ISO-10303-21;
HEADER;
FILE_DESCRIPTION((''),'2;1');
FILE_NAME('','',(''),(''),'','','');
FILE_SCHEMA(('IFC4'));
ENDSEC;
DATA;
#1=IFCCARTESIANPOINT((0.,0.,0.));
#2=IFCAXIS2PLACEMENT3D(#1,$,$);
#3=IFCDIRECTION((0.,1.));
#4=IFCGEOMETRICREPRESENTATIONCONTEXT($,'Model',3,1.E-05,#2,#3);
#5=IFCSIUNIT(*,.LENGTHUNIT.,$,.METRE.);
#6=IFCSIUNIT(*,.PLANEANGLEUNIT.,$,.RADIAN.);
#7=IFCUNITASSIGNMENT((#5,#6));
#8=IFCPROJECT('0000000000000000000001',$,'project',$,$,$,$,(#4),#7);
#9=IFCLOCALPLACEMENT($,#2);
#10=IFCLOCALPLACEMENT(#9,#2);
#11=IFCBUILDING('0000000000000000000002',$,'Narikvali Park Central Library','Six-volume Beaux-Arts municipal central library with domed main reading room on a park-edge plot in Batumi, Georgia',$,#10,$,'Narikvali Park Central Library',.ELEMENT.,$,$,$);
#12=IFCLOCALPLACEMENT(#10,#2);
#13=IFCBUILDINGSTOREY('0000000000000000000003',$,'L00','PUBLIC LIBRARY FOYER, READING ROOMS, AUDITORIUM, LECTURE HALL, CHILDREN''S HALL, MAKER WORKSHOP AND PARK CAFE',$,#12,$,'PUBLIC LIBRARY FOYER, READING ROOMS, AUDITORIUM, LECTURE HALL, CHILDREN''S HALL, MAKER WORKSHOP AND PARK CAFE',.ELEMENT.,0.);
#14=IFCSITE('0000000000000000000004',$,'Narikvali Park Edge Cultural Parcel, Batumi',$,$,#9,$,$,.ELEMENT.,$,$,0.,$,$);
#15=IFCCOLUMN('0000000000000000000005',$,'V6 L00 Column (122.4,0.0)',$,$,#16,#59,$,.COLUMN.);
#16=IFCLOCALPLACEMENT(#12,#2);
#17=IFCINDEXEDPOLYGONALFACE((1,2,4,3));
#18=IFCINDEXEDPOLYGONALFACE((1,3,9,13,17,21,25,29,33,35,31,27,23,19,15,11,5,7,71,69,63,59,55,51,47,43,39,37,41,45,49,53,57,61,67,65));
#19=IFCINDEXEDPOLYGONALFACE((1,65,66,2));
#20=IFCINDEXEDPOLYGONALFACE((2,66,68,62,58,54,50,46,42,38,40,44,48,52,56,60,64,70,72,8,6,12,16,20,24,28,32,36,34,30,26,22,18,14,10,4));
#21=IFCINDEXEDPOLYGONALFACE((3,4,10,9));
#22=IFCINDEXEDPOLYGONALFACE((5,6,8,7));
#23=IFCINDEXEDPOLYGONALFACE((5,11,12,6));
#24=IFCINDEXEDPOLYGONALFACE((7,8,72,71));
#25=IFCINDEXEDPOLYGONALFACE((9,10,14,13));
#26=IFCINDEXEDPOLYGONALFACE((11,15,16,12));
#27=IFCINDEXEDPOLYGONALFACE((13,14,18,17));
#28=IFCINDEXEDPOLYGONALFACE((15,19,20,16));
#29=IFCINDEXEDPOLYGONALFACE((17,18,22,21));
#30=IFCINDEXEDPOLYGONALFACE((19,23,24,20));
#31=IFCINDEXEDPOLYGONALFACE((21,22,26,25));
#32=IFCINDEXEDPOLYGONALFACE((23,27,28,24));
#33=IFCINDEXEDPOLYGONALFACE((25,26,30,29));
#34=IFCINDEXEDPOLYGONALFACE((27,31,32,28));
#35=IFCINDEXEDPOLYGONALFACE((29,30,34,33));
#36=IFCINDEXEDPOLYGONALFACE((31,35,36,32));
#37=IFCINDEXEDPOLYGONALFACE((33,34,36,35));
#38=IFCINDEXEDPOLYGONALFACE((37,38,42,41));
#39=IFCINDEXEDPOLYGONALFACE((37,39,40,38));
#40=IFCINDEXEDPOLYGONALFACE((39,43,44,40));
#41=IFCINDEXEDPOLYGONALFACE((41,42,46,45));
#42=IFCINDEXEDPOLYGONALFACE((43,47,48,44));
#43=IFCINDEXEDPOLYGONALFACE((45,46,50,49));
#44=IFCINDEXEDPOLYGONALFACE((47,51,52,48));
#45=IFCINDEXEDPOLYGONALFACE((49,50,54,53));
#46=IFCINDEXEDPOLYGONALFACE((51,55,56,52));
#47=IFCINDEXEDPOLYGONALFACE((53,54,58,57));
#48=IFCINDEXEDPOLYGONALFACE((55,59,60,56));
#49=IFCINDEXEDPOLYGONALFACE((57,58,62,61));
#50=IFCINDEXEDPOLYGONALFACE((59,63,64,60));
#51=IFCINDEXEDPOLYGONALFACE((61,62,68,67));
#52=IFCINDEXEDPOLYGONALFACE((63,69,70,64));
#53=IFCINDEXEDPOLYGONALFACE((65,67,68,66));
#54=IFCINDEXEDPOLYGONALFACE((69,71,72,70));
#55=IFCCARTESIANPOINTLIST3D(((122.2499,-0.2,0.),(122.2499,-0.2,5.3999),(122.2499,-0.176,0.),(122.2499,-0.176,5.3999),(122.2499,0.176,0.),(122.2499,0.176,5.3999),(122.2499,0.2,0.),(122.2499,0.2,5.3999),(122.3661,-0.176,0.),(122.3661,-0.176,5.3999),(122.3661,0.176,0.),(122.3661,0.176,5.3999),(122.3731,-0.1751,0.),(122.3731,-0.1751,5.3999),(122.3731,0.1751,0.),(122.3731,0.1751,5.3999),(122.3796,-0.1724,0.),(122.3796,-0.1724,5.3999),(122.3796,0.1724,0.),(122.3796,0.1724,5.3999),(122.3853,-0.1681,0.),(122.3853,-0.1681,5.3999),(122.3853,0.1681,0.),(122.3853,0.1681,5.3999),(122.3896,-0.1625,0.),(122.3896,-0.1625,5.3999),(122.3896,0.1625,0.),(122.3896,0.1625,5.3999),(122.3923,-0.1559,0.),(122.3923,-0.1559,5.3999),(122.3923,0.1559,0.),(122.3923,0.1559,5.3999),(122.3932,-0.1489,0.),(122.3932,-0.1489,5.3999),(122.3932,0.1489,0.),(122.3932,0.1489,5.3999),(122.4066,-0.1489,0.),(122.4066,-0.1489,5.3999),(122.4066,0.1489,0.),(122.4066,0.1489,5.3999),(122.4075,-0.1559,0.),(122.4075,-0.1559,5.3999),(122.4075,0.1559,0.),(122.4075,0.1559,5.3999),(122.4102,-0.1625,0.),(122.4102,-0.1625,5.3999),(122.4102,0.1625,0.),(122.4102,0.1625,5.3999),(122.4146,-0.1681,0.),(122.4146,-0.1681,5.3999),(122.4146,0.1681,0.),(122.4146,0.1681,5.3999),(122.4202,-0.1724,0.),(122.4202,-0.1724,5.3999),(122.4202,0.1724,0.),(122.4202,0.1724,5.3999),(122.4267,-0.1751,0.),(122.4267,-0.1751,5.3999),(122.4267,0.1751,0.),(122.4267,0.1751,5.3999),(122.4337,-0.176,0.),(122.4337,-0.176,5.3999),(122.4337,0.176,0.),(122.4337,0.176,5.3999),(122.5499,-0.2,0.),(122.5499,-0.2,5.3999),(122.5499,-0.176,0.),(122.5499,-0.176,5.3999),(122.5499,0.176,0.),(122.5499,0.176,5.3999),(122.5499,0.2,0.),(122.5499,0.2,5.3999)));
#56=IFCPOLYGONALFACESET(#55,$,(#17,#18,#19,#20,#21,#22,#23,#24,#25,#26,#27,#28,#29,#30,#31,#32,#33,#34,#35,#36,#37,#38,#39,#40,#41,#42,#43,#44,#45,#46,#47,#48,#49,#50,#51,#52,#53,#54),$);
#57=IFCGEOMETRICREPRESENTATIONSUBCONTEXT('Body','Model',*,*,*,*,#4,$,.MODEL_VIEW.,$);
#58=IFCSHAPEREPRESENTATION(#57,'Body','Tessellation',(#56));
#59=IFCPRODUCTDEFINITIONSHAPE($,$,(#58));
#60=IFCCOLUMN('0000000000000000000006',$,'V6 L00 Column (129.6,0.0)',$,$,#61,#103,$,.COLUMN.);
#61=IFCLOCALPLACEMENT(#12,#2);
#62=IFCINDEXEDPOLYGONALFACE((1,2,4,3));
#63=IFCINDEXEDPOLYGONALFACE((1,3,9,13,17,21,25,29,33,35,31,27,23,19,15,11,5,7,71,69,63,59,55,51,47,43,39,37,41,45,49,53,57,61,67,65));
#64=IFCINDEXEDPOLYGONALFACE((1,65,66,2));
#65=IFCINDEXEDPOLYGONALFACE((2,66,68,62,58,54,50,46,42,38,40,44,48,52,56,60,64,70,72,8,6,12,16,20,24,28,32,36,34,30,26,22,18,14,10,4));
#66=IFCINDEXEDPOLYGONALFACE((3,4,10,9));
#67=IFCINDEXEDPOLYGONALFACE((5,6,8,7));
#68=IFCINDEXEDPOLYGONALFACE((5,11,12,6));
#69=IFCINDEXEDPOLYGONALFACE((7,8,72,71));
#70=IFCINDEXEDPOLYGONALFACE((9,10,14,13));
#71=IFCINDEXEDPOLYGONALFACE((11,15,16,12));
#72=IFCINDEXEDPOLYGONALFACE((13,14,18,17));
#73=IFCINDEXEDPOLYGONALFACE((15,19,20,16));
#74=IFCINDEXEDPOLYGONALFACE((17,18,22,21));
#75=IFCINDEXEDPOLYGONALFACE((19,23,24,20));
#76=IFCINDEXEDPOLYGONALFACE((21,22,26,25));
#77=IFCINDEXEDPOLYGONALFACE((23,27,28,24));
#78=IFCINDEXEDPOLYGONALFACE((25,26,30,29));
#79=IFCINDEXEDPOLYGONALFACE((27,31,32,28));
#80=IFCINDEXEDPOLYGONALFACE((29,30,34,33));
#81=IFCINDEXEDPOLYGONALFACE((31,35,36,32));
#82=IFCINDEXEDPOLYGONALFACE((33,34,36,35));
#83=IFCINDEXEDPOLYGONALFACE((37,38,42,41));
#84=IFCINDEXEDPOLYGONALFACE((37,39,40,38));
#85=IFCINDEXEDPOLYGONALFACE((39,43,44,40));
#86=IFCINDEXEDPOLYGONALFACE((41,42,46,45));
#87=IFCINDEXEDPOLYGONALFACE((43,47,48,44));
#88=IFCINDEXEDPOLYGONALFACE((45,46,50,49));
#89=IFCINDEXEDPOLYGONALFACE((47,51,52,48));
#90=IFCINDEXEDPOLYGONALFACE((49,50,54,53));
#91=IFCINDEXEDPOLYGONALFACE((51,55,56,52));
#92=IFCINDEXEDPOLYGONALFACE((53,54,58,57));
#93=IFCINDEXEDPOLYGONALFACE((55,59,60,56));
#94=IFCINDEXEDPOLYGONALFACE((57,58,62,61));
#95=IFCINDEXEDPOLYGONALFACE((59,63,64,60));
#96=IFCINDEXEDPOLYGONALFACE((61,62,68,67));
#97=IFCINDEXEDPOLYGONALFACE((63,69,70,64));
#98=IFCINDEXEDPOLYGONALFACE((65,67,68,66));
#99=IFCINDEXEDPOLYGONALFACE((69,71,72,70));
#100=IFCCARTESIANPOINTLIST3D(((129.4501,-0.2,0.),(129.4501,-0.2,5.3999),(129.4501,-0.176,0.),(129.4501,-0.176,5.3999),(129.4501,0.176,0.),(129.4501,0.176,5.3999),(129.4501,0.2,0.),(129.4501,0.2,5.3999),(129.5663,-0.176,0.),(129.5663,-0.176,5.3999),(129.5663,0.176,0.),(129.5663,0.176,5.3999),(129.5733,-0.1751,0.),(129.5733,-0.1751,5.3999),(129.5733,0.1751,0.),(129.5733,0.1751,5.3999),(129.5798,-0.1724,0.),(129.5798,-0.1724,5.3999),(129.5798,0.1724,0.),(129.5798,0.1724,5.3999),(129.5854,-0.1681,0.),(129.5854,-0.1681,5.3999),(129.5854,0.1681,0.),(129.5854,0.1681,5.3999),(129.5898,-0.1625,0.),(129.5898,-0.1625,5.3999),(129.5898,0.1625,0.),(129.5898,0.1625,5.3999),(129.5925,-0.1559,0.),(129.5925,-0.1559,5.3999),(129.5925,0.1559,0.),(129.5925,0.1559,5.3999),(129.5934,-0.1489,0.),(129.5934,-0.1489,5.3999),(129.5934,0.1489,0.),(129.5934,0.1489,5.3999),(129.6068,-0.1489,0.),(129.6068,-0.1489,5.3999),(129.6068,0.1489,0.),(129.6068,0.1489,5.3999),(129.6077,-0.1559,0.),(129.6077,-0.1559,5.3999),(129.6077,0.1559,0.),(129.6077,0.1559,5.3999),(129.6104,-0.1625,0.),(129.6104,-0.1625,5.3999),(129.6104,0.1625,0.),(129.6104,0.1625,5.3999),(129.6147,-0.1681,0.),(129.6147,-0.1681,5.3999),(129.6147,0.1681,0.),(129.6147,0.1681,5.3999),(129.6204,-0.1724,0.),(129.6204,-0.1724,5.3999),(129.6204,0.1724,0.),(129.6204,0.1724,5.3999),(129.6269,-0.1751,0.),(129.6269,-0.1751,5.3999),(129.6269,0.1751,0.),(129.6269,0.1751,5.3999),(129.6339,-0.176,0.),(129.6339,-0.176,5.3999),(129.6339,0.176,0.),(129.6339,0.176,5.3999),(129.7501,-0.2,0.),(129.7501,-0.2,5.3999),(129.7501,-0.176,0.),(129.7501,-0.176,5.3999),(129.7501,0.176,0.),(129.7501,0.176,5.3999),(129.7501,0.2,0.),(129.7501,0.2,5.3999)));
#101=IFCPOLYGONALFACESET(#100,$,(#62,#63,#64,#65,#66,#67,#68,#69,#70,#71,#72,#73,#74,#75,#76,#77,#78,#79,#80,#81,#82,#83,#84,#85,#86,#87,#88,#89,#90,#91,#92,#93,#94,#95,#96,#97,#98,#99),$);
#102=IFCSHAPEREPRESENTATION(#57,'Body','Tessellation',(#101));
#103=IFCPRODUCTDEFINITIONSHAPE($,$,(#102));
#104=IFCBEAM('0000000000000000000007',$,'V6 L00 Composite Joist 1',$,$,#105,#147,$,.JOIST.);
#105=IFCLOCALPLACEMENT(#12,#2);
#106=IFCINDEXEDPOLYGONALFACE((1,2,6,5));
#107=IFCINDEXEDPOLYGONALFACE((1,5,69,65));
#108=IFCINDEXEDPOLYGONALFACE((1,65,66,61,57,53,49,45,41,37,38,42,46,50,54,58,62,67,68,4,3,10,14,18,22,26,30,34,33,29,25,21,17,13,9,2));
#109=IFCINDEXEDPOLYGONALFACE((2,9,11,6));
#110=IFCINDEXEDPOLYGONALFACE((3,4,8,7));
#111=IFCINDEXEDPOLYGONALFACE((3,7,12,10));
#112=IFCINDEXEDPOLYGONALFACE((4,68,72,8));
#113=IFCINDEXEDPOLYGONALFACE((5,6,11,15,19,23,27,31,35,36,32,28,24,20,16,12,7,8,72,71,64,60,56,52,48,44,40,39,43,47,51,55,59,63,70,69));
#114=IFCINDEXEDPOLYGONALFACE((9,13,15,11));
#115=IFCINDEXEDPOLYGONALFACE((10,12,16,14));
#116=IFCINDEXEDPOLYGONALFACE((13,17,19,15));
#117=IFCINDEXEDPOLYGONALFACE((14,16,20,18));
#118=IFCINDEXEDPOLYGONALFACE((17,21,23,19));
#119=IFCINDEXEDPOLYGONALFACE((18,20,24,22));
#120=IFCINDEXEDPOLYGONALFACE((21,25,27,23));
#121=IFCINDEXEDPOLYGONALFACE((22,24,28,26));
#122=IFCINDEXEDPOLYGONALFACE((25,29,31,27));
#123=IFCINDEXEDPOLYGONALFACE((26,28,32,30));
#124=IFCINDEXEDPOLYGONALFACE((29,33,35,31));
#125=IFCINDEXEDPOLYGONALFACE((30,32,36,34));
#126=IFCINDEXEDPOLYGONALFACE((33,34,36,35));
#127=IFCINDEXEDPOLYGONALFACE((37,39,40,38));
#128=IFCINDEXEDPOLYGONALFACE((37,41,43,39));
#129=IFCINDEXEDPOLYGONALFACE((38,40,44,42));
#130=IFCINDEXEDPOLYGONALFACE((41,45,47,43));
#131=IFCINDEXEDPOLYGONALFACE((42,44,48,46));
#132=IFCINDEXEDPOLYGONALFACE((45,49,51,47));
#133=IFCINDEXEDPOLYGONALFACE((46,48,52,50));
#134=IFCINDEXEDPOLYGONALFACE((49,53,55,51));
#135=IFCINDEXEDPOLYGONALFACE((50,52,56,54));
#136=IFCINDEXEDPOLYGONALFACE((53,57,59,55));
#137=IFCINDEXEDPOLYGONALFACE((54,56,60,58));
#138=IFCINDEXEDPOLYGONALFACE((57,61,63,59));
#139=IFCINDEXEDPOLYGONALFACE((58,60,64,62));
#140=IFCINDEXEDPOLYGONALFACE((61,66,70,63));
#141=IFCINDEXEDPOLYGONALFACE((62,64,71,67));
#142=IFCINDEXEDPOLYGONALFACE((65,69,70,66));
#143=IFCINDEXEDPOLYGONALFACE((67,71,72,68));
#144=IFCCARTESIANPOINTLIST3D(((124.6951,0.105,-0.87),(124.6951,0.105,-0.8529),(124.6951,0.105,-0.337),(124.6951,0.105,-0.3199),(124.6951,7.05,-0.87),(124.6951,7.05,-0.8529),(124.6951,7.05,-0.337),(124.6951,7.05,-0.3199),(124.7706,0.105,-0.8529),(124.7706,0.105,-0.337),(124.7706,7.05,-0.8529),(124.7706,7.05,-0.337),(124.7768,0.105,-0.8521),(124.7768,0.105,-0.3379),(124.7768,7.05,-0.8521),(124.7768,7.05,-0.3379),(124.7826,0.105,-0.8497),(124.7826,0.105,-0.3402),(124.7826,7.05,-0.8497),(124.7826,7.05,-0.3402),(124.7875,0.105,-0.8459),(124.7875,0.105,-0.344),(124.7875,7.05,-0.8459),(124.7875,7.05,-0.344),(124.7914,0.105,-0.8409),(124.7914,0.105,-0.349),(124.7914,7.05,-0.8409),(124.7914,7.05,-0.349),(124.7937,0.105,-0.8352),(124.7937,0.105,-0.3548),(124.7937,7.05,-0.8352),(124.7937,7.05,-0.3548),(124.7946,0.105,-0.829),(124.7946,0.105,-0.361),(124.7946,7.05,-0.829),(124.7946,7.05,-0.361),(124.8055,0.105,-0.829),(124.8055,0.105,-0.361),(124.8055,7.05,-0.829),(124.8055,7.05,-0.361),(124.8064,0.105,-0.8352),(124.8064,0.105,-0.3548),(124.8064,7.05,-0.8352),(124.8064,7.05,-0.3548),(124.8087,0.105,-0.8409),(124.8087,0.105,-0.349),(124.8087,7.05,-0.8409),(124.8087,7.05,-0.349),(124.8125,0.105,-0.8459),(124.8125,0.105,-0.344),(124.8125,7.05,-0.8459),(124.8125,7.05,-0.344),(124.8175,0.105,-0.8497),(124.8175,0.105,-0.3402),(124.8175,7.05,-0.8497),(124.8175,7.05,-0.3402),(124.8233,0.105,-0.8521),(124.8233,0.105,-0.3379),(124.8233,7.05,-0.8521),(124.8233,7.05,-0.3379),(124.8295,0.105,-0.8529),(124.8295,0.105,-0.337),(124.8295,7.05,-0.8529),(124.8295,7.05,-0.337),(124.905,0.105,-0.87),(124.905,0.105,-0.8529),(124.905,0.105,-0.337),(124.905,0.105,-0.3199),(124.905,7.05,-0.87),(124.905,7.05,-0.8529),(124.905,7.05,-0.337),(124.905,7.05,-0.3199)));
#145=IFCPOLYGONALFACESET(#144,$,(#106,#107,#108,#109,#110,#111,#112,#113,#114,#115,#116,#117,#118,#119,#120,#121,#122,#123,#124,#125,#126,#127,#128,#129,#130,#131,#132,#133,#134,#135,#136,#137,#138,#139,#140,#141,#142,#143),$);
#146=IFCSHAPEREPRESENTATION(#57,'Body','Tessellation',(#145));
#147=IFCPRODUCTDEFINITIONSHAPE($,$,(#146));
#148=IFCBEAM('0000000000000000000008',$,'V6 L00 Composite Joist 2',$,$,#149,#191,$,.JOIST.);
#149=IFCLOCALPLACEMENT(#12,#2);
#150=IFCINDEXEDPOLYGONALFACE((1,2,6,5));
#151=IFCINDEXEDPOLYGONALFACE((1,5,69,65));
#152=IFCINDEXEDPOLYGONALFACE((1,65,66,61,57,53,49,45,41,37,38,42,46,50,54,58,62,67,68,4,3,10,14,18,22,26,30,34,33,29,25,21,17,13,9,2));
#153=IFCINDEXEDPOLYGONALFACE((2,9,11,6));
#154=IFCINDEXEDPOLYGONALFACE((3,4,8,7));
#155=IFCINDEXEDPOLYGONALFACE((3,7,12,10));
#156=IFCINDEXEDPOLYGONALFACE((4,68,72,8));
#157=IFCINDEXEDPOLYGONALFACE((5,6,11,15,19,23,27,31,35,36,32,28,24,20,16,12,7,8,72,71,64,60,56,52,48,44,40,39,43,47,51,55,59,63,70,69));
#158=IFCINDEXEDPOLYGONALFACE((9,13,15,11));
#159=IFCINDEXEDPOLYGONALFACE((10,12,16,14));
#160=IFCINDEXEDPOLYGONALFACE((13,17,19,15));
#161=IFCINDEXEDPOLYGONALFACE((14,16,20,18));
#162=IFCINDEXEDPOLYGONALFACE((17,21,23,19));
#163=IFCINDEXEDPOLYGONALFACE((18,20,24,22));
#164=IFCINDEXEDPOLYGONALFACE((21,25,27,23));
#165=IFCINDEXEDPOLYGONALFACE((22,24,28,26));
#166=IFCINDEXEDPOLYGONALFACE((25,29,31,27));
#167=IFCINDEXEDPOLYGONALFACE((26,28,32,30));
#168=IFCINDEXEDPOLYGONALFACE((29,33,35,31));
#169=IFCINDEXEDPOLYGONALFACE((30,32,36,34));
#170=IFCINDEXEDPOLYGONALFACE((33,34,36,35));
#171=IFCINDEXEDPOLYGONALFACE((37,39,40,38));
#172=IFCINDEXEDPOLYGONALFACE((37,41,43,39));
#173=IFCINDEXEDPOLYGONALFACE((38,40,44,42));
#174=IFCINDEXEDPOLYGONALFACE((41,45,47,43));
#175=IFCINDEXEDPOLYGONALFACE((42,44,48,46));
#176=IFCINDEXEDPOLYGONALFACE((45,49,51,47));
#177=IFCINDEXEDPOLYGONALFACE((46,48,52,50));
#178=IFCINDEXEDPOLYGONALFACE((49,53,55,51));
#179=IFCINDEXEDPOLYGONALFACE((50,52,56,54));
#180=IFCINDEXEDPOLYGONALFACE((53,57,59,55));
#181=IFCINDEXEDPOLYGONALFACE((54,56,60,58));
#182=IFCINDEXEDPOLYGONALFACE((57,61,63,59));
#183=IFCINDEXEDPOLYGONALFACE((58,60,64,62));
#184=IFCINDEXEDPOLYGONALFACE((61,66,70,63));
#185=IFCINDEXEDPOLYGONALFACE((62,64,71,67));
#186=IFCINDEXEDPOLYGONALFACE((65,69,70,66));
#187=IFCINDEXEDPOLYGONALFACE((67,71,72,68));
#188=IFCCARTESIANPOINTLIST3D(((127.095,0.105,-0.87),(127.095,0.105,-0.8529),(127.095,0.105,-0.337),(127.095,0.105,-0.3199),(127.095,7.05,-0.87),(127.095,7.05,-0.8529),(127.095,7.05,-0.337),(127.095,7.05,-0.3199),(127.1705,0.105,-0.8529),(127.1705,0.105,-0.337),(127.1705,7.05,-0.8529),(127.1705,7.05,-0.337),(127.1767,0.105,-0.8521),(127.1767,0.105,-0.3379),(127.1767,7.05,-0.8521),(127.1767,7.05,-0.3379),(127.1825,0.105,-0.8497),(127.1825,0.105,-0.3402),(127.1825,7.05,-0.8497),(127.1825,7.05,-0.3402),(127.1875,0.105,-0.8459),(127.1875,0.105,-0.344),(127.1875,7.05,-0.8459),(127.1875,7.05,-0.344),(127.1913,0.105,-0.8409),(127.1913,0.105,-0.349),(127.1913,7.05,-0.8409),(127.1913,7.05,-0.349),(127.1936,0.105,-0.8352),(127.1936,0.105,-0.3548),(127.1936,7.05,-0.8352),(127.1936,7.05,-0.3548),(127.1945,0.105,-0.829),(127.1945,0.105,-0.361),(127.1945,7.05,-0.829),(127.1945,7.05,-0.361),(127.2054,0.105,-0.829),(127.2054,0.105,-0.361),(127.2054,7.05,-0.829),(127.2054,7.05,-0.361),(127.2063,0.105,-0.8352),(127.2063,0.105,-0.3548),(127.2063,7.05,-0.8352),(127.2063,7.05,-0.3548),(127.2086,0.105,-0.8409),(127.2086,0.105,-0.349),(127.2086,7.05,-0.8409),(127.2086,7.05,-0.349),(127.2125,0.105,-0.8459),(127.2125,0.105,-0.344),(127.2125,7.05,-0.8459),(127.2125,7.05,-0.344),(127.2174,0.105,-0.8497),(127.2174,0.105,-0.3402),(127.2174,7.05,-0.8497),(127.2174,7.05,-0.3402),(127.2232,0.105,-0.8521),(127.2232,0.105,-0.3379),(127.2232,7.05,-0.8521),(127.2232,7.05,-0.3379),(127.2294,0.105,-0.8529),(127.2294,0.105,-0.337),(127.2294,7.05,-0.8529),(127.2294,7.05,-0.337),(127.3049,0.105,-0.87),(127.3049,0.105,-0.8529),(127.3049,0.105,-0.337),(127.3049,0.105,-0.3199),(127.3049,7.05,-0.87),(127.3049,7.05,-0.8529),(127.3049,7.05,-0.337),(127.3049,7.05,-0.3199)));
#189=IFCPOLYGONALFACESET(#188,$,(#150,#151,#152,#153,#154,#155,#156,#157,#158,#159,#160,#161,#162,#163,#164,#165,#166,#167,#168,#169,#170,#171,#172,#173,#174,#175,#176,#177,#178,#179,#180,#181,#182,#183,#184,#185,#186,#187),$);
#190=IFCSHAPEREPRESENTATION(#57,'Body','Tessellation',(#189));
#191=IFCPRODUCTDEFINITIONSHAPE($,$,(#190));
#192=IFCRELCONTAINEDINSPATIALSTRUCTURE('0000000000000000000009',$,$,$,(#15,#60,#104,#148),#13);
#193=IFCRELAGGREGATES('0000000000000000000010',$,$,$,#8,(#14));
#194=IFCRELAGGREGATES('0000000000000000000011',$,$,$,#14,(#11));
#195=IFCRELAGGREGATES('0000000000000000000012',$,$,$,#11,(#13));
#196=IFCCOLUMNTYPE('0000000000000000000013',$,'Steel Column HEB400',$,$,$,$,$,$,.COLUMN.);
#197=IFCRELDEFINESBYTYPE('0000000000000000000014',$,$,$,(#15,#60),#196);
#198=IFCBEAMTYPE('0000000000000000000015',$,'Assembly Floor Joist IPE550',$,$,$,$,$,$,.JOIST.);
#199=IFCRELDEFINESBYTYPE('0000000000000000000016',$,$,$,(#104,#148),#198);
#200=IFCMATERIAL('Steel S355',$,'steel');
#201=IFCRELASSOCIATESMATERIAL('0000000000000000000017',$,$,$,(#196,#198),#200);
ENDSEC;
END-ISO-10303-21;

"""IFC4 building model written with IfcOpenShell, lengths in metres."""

from ifc_helpers import new_model, si_unit, direction, frame, origin, origin_2d, place, context, subcontext, project, spatial, i_section, extrude, material, material_profile, profile_set, type_object, element, save


model = new_model("IFC4")

# Units and contexts
model_context = context("Model", 3, precision=1e-05, world=origin(), true_north=direction((0.0, 1.0)))
body_context = subcontext(model_context, "Body", "Model", "MODEL_VIEW")
ifc_project = project(units=[si_unit("LENGTHUNIT", "METRE"), si_unit("PLANEANGLEUNIT", "RADIAN")], contexts=[model_context])

# Site, building, storey
site_placement = place(None, origin())
site = spatial("IfcSite", under=ifc_project, at=site_placement, Name="Narikvali Park Edge Cultural Parcel, Batumi", CompositionType="ELEMENT", RefElevation=0.0)
building_placement = place(site_placement, origin())
building = spatial("IfcBuilding", under=site, at=building_placement, Name="Narikvali Park Central Library", Description="Six-volume Beaux-Arts municipal central library with domed main reading room on a park-edge plot in Batumi, Georgia", LongName="Narikvali Park Central Library", CompositionType="ELEMENT")
storey_placement = place(building_placement, origin())
storey = spatial("IfcBuildingStorey", under=building, at=storey_placement, Name="L00", Description="PUBLIC LIBRARY FOYER, READING ROOMS, AUDITORIUM, LECTURE HALL, CHILDREN'S HALL, MAKER WORKSHOP AND PARK CAFE", LongName="PUBLIC LIBRARY FOYER, READING ROOMS, AUDITORIUM, LECTURE HALL, CHILDREN'S HALL, MAKER WORKSHOP AND PARK CAFE", CompositionType="ELEMENT", Elevation=0.0)

# Columns
ifc_material_1 = material(Name="Steel S355", Category="steel")
ifc_material_profile_1 = material_profile(ifc_material_1, i_section(OverallWidth=0.3, OverallDepth=0.3999, WebThickness=0.0134, FlangeThickness=0.0239, FilletRadius=0.0271, at=origin_2d()), Name="HEB 400")
ifc_profile_set_1 = profile_set([ifc_material_profile_1], Name="Steel S355")
column_type = type_object("IfcColumnType", Name="Steel Column HEB400", PredefinedType="COLUMN", material=ifc_profile_set_1)
for number, where, z_axis, x_axis, name in (
    (1, (122.3999, 0.0, 0.0), (0.0, 0.0, 1.0), (1.0, 0.0, 0.0), "V6 L00 Column (122.4,0.0)"),
    (2, (129.6001, 0.0, 0.0), (0.0, 0.0, 1.0), (1.0, 0.0, 0.0), "V6 L00 Column (129.6,0.0)"),
):
    element("IfcColumn", number, at=place(storey_placement, frame(where, z_axis=z_axis, x_axis=x_axis)), inside=storey, type_object=column_type, Name=name, PredefinedType="COLUMN", context=body_context, shape_type="SweptSolid", body=[
        extrude(i_section(OverallWidth=0.3, OverallDepth=0.3999, WebThickness=0.0134, FlangeThickness=0.0239, FilletRadius=0.0271, at=origin_2d()), origin(), (0.0, 0.0, 1.0), 5.3999),
    ])

# Beams
ifc_material_profile_2 = material_profile(ifc_material_1, i_section(OverallWidth=0.21, OverallDepth=0.55, WebThickness=0.011, FlangeThickness=0.0171, FilletRadius=0.0239, at=origin_2d()), Name="IPE 550")
ifc_profile_set_2 = profile_set([ifc_material_profile_2], Name="Steel S355")
beam_type_1 = type_object("IfcBeamType", Name="Assembly Floor Joist IPE550", PredefinedType="JOIST", material=ifc_profile_set_2)
for number, where, z_axis, x_axis, name in (
    (3, (124.8, 0.105, -0.595), (0.0, 1.0, 0.0), (-1.0, 0.0, 0.0), "V6 L00 Composite Joist 1"),
    (4, (127.2, 0.105, -0.595), (0.0, 1.0, 0.0), (-1.0, 0.0, 0.0), "V6 L00 Composite Joist 2"),
):
    element("IfcBeam", number, at=place(storey_placement, frame(where, z_axis=z_axis, x_axis=x_axis)), inside=storey, type_object=beam_type_1, Name=name, PredefinedType="JOIST", context=body_context, shape_type="SweptSolid", body=[
        extrude(i_section(OverallWidth=0.21, OverallDepth=0.55, WebThickness=0.011, FlangeThickness=0.0171, FilletRadius=0.0239, at=origin_2d()), origin(), (0.0, 0.0, 1.0), 6.9451),
    ])

save(model, "model.ifc")
